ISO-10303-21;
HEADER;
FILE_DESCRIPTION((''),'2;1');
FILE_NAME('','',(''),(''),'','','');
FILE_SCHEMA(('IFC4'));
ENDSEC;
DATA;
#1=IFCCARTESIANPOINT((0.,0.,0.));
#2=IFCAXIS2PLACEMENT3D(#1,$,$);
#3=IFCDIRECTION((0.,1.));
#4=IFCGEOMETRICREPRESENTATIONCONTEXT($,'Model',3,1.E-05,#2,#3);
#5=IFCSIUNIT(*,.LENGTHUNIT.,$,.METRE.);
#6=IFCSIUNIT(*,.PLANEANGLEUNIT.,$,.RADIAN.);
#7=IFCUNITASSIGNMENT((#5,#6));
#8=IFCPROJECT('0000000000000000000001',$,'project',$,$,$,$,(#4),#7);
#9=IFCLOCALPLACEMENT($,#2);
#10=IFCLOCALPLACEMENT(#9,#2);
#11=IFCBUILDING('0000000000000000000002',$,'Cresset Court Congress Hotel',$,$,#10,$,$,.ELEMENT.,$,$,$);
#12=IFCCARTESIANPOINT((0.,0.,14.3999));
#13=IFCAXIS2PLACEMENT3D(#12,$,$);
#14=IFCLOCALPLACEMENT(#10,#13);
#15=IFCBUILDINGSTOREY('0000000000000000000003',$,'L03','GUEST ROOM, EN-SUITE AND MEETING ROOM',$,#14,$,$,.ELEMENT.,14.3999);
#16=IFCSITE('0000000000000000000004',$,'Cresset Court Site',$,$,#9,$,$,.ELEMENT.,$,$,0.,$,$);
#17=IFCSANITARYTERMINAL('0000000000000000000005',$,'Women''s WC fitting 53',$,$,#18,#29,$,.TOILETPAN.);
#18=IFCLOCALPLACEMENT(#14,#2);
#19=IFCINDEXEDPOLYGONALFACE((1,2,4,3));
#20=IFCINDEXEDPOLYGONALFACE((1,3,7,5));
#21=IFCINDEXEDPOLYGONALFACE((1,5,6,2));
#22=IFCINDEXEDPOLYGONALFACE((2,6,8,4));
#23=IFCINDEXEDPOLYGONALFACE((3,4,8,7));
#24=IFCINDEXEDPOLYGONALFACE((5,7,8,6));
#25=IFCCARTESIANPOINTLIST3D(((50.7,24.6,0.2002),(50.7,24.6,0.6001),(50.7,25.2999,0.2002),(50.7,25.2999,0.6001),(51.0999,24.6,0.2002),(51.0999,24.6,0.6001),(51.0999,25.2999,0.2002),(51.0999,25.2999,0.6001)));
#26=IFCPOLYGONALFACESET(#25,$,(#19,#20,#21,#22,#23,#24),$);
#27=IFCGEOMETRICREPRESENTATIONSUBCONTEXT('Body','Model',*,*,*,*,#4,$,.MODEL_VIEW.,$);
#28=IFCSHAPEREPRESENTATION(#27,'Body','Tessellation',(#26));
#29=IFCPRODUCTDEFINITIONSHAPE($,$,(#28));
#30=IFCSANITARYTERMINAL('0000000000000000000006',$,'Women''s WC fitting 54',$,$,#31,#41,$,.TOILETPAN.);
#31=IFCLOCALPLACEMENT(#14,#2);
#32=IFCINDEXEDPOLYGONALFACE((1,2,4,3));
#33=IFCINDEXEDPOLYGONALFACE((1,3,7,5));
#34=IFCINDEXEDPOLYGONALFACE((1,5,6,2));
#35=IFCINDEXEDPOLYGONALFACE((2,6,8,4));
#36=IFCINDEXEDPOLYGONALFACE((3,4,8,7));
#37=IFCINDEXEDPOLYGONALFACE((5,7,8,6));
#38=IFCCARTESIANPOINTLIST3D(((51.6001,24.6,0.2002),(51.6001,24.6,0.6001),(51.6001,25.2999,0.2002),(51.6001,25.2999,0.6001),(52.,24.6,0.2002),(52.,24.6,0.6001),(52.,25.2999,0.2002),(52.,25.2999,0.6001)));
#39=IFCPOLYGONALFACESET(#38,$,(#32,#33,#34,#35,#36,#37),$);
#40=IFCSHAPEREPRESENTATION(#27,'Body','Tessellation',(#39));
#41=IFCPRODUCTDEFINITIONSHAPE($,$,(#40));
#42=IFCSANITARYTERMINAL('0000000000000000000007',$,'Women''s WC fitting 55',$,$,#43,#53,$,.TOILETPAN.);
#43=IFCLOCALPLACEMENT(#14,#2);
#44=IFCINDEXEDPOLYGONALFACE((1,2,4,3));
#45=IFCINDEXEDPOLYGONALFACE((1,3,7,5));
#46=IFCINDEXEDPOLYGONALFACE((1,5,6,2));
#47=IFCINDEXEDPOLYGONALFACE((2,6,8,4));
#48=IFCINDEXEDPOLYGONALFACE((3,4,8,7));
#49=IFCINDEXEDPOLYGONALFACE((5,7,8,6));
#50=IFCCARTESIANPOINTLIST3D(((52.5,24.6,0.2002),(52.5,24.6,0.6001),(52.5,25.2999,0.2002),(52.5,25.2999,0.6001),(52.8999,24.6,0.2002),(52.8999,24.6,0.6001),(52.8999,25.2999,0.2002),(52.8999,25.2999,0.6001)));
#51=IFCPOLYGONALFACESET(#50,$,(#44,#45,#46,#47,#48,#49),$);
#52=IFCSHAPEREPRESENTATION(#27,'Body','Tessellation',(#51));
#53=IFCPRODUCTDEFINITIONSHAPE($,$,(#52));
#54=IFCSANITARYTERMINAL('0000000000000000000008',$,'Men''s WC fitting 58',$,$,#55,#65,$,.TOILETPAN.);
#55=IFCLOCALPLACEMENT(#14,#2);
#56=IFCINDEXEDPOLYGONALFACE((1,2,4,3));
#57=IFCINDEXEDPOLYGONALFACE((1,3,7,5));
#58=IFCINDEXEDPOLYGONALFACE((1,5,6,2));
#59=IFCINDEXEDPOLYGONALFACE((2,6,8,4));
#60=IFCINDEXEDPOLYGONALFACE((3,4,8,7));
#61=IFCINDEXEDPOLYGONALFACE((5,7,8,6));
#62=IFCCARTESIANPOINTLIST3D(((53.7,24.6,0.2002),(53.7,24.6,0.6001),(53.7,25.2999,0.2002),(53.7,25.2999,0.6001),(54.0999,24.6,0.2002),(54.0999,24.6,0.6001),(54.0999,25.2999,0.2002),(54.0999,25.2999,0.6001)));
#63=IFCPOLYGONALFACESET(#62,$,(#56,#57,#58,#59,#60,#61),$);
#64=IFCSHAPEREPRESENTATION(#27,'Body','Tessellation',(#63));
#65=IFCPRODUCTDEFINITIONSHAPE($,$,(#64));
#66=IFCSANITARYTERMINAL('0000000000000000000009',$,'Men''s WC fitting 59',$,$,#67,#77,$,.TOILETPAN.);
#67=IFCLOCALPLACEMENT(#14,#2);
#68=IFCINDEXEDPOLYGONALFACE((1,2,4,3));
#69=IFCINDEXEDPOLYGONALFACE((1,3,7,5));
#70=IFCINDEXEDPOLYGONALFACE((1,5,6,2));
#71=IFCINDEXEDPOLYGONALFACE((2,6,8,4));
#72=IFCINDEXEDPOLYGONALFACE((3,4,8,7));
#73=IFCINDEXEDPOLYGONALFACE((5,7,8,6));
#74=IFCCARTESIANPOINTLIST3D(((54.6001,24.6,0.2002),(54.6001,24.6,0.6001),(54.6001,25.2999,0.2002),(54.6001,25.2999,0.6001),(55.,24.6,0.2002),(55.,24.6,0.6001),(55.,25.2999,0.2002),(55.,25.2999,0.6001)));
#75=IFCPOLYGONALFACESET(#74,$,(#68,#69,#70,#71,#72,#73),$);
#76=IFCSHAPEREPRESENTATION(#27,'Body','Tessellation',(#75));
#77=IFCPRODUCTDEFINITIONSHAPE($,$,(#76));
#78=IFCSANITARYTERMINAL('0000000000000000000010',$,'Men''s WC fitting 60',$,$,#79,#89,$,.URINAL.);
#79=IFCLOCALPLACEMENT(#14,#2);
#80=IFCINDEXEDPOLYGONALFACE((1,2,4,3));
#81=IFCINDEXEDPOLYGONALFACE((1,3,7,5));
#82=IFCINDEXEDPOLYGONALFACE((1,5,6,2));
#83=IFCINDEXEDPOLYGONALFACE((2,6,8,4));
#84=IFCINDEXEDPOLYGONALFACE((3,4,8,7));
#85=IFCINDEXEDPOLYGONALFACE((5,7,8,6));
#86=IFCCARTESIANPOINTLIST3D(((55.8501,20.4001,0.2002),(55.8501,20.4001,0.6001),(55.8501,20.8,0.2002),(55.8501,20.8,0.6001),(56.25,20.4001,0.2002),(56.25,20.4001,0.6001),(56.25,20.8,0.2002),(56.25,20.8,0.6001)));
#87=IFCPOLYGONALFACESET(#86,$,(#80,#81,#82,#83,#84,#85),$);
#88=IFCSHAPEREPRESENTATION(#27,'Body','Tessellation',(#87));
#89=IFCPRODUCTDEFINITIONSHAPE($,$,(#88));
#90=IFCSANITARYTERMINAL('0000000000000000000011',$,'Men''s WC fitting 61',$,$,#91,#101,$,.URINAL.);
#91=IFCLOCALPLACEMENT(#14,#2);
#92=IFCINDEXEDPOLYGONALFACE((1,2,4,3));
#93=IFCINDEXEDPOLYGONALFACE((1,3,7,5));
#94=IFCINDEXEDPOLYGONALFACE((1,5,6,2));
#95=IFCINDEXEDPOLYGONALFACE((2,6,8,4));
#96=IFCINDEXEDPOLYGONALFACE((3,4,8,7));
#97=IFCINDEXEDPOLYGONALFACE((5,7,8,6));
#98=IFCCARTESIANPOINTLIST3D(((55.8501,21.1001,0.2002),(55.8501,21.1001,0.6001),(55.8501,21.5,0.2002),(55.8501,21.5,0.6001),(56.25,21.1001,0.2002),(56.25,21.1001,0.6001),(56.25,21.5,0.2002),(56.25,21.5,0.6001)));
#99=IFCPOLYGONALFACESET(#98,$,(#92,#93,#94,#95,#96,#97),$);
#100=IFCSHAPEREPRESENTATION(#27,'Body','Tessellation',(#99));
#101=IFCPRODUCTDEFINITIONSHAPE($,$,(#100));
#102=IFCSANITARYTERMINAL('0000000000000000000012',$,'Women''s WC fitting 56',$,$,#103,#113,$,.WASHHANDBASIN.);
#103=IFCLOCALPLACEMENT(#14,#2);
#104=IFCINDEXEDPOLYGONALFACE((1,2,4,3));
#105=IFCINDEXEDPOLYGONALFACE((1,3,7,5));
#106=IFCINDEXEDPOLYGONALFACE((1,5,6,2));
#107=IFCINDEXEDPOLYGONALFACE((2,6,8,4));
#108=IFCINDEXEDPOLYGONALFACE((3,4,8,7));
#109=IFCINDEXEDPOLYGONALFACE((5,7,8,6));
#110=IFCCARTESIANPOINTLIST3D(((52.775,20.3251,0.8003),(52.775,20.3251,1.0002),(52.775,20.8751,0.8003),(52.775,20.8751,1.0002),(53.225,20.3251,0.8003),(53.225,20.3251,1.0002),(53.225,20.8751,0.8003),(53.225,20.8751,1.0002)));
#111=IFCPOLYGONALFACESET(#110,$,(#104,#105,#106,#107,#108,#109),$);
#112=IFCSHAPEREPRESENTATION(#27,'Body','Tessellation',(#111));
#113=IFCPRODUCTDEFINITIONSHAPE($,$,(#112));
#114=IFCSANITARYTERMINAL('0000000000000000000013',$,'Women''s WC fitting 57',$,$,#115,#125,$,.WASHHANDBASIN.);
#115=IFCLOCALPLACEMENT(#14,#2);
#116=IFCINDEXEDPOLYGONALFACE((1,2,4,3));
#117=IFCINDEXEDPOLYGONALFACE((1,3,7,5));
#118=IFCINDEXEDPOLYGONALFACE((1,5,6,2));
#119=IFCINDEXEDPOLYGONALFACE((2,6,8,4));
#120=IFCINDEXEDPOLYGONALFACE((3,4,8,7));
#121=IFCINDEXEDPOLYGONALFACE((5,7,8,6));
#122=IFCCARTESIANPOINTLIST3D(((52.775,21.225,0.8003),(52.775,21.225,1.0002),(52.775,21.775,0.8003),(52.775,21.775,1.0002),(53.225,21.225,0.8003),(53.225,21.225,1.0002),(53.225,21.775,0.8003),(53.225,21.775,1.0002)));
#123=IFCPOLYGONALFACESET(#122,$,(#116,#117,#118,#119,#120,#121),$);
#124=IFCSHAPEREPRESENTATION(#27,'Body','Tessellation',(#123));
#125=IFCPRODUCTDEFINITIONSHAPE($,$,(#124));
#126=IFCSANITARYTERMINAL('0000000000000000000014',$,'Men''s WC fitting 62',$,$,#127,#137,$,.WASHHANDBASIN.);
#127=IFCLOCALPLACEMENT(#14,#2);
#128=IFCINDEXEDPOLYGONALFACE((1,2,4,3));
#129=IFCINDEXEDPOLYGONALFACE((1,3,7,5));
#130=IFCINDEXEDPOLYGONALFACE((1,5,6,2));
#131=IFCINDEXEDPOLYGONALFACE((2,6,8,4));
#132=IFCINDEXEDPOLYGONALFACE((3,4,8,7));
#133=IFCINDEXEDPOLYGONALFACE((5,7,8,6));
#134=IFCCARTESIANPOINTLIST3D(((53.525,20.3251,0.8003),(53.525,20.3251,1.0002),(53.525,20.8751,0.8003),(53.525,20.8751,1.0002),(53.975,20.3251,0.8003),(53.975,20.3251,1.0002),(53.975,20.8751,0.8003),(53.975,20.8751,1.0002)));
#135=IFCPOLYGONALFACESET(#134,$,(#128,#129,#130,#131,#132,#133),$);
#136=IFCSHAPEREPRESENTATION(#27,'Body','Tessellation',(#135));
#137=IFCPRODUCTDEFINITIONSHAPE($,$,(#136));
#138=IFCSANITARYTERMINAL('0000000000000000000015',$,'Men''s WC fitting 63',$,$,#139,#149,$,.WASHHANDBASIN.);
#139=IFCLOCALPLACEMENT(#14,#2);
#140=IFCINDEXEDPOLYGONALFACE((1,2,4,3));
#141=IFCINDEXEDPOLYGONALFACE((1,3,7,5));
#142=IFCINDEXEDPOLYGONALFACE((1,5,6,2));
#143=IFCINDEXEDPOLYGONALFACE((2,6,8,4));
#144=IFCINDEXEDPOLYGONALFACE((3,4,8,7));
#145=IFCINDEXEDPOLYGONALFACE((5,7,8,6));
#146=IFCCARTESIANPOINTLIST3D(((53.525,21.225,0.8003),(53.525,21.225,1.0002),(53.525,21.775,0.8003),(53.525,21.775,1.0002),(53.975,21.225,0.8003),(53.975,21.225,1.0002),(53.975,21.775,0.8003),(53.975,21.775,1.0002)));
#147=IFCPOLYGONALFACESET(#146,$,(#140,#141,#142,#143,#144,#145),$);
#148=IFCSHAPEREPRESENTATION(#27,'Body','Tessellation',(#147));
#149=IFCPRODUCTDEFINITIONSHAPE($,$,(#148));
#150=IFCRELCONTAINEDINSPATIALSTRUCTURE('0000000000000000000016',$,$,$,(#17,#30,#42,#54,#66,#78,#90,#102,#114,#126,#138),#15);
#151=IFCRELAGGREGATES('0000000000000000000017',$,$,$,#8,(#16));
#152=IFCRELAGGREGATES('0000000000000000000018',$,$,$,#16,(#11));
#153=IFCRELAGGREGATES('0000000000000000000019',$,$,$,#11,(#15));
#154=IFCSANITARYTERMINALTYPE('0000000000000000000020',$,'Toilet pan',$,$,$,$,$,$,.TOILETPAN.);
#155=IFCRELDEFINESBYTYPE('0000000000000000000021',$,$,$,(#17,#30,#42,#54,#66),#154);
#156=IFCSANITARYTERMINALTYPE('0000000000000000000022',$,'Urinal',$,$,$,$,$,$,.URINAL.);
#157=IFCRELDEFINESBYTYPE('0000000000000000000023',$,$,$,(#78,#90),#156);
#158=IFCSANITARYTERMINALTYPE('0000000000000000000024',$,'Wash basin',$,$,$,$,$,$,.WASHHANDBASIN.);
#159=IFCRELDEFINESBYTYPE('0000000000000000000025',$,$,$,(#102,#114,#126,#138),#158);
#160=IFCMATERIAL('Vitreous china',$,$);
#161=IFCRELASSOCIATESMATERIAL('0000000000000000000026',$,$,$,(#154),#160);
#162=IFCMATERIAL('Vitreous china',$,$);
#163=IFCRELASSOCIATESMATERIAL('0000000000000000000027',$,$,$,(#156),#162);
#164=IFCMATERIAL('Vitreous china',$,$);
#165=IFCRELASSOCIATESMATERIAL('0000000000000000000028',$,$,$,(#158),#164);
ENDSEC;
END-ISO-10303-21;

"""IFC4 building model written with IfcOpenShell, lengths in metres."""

from ifc_helpers import new_model, si_unit, direction, frame, origin, origin_2d, place, context, subcontext, project, spatial, rectangle, extrude, material, type_object, element, save


model = new_model("IFC4")

# Units and contexts
model_context = context("Model", 3, precision=1e-05, world=origin(), true_north=direction((0.0, 1.0)))
body_context = subcontext(model_context, "Body", "Model", "MODEL_VIEW")
ifc_project = project(units=[si_unit("LENGTHUNIT", "METRE"), si_unit("PLANEANGLEUNIT", "RADIAN")], contexts=[model_context])

# Site, building, storey
site_placement = place(None, origin())
site = spatial("IfcSite", under=ifc_project, at=site_placement, Name="Cresset Court Site", CompositionType="ELEMENT", RefElevation=0.0)
building_placement = place(site_placement, origin())
building = spatial("IfcBuilding", under=site, at=building_placement, Name="Cresset Court Congress Hotel", CompositionType="ELEMENT")
storey_placement = place(building_placement, frame((0.0, 0.0, 14.3999)))
storey = spatial("IfcBuildingStorey", under=building, at=storey_placement, Name="L03", Description="GUEST ROOM, EN-SUITE AND MEETING ROOM", CompositionType="ELEMENT", Elevation=14.3999)

# Sanitary terminals
ifc_material_1 = material(Name="Vitreous china")
sanitary_terminal_type_1 = type_object("IfcSanitaryTerminalType", Name="Toilet pan", PredefinedType="TOILETPAN", material=ifc_material_1)
for number, where, z_axis, x_axis, name in (
    (1, (50.8999, 24.95, 0.2002), (0.0, 0.0, 1.0), (1.0, 0.0, 0.0), "Women's WC fitting 53"),
    (2, (51.8, 24.95, 0.2002), (0.0, 0.0, 1.0), (1.0, 0.0, 0.0), "Women's WC fitting 54"),
    (3, (52.7, 24.95, 0.2002), (0.0, 0.0, 1.0), (1.0, 0.0, 0.0), "Women's WC fitting 55"),
    (4, (53.8999, 24.95, 0.2002), (0.0, 0.0, 1.0), (1.0, 0.0, 0.0), "Men's WC fitting 58"),
    (5, (54.8, 24.95, 0.2002), (0.0, 0.0, 1.0), (1.0, 0.0, 0.0), "Men's WC fitting 59"),
):
    element("IfcSanitaryTerminal", number, at=place(storey_placement, frame(where, z_axis=z_axis, x_axis=x_axis)), inside=storey, type_object=sanitary_terminal_type_1, Name=name, PredefinedType="TOILETPAN", context=body_context, shape_type="SweptSolid", body=[
        extrude(rectangle(XDim=0.3999, YDim=0.7, at=origin_2d()), origin(), (0.0, 0.0, 1.0), 0.3999),
    ])
ifc_material_2 = material(Name="Vitreous china")
sanitary_terminal_type_2 = type_object("IfcSanitaryTerminalType", Name="Urinal", PredefinedType="URINAL", material=ifc_material_2)
for number, where, z_axis, x_axis, name in (
    (6, (56.05, 20.6001, 0.2002), (0.0, 0.0, 1.0), (1.0, 0.0, 0.0), "Men's WC fitting 60"),
    (7, (56.05, 21.3, 0.2002), (0.0, 0.0, 1.0), (1.0, 0.0, 0.0), "Men's WC fitting 61"),
):
    element("IfcSanitaryTerminal", number, at=place(storey_placement, frame(where, z_axis=z_axis, x_axis=x_axis)), inside=storey, type_object=sanitary_terminal_type_2, Name=name, PredefinedType="URINAL", context=body_context, shape_type="SweptSolid", body=[
        extrude(rectangle(XDim=0.3999, YDim=0.3999, at=origin_2d()), origin(), (0.0, 0.0, 1.0), 0.3999),
    ])
ifc_material_3 = material(Name="Vitreous china")
sanitary_terminal_type_3 = type_object("IfcSanitaryTerminalType", Name="Wash basin", PredefinedType="WASHHANDBASIN", material=ifc_material_3)
for number, where, z_axis, x_axis, name in (
    (8, (53.0, 20.6001, 0.8003), (0.0, 0.0, 1.0), (1.0, 0.0, 0.0), "Women's WC fitting 56"),
    (9, (53.0, 21.5, 0.8003), (0.0, 0.0, 1.0), (1.0, 0.0, 0.0), "Women's WC fitting 57"),
    (10, (53.75, 20.6001, 0.8003), (0.0, 0.0, 1.0), (1.0, 0.0, 0.0), "Men's WC fitting 62"),
    (11, (53.75, 21.5, 0.8003), (0.0, 0.0, 1.0), (1.0, 0.0, 0.0), "Men's WC fitting 63"),
):
    element("IfcSanitaryTerminal", number, at=place(storey_placement, frame(where, z_axis=z_axis, x_axis=x_axis)), inside=storey, type_object=sanitary_terminal_type_3, Name=name, PredefinedType="WASHHANDBASIN", context=body_context, shape_type="SweptSolid", body=[
        extrude(rectangle(XDim=0.45, YDim=0.55, at=origin_2d()), origin(), (0.0, 0.0, 1.0), 0.2),
    ])

save(model, "model.ifc")
